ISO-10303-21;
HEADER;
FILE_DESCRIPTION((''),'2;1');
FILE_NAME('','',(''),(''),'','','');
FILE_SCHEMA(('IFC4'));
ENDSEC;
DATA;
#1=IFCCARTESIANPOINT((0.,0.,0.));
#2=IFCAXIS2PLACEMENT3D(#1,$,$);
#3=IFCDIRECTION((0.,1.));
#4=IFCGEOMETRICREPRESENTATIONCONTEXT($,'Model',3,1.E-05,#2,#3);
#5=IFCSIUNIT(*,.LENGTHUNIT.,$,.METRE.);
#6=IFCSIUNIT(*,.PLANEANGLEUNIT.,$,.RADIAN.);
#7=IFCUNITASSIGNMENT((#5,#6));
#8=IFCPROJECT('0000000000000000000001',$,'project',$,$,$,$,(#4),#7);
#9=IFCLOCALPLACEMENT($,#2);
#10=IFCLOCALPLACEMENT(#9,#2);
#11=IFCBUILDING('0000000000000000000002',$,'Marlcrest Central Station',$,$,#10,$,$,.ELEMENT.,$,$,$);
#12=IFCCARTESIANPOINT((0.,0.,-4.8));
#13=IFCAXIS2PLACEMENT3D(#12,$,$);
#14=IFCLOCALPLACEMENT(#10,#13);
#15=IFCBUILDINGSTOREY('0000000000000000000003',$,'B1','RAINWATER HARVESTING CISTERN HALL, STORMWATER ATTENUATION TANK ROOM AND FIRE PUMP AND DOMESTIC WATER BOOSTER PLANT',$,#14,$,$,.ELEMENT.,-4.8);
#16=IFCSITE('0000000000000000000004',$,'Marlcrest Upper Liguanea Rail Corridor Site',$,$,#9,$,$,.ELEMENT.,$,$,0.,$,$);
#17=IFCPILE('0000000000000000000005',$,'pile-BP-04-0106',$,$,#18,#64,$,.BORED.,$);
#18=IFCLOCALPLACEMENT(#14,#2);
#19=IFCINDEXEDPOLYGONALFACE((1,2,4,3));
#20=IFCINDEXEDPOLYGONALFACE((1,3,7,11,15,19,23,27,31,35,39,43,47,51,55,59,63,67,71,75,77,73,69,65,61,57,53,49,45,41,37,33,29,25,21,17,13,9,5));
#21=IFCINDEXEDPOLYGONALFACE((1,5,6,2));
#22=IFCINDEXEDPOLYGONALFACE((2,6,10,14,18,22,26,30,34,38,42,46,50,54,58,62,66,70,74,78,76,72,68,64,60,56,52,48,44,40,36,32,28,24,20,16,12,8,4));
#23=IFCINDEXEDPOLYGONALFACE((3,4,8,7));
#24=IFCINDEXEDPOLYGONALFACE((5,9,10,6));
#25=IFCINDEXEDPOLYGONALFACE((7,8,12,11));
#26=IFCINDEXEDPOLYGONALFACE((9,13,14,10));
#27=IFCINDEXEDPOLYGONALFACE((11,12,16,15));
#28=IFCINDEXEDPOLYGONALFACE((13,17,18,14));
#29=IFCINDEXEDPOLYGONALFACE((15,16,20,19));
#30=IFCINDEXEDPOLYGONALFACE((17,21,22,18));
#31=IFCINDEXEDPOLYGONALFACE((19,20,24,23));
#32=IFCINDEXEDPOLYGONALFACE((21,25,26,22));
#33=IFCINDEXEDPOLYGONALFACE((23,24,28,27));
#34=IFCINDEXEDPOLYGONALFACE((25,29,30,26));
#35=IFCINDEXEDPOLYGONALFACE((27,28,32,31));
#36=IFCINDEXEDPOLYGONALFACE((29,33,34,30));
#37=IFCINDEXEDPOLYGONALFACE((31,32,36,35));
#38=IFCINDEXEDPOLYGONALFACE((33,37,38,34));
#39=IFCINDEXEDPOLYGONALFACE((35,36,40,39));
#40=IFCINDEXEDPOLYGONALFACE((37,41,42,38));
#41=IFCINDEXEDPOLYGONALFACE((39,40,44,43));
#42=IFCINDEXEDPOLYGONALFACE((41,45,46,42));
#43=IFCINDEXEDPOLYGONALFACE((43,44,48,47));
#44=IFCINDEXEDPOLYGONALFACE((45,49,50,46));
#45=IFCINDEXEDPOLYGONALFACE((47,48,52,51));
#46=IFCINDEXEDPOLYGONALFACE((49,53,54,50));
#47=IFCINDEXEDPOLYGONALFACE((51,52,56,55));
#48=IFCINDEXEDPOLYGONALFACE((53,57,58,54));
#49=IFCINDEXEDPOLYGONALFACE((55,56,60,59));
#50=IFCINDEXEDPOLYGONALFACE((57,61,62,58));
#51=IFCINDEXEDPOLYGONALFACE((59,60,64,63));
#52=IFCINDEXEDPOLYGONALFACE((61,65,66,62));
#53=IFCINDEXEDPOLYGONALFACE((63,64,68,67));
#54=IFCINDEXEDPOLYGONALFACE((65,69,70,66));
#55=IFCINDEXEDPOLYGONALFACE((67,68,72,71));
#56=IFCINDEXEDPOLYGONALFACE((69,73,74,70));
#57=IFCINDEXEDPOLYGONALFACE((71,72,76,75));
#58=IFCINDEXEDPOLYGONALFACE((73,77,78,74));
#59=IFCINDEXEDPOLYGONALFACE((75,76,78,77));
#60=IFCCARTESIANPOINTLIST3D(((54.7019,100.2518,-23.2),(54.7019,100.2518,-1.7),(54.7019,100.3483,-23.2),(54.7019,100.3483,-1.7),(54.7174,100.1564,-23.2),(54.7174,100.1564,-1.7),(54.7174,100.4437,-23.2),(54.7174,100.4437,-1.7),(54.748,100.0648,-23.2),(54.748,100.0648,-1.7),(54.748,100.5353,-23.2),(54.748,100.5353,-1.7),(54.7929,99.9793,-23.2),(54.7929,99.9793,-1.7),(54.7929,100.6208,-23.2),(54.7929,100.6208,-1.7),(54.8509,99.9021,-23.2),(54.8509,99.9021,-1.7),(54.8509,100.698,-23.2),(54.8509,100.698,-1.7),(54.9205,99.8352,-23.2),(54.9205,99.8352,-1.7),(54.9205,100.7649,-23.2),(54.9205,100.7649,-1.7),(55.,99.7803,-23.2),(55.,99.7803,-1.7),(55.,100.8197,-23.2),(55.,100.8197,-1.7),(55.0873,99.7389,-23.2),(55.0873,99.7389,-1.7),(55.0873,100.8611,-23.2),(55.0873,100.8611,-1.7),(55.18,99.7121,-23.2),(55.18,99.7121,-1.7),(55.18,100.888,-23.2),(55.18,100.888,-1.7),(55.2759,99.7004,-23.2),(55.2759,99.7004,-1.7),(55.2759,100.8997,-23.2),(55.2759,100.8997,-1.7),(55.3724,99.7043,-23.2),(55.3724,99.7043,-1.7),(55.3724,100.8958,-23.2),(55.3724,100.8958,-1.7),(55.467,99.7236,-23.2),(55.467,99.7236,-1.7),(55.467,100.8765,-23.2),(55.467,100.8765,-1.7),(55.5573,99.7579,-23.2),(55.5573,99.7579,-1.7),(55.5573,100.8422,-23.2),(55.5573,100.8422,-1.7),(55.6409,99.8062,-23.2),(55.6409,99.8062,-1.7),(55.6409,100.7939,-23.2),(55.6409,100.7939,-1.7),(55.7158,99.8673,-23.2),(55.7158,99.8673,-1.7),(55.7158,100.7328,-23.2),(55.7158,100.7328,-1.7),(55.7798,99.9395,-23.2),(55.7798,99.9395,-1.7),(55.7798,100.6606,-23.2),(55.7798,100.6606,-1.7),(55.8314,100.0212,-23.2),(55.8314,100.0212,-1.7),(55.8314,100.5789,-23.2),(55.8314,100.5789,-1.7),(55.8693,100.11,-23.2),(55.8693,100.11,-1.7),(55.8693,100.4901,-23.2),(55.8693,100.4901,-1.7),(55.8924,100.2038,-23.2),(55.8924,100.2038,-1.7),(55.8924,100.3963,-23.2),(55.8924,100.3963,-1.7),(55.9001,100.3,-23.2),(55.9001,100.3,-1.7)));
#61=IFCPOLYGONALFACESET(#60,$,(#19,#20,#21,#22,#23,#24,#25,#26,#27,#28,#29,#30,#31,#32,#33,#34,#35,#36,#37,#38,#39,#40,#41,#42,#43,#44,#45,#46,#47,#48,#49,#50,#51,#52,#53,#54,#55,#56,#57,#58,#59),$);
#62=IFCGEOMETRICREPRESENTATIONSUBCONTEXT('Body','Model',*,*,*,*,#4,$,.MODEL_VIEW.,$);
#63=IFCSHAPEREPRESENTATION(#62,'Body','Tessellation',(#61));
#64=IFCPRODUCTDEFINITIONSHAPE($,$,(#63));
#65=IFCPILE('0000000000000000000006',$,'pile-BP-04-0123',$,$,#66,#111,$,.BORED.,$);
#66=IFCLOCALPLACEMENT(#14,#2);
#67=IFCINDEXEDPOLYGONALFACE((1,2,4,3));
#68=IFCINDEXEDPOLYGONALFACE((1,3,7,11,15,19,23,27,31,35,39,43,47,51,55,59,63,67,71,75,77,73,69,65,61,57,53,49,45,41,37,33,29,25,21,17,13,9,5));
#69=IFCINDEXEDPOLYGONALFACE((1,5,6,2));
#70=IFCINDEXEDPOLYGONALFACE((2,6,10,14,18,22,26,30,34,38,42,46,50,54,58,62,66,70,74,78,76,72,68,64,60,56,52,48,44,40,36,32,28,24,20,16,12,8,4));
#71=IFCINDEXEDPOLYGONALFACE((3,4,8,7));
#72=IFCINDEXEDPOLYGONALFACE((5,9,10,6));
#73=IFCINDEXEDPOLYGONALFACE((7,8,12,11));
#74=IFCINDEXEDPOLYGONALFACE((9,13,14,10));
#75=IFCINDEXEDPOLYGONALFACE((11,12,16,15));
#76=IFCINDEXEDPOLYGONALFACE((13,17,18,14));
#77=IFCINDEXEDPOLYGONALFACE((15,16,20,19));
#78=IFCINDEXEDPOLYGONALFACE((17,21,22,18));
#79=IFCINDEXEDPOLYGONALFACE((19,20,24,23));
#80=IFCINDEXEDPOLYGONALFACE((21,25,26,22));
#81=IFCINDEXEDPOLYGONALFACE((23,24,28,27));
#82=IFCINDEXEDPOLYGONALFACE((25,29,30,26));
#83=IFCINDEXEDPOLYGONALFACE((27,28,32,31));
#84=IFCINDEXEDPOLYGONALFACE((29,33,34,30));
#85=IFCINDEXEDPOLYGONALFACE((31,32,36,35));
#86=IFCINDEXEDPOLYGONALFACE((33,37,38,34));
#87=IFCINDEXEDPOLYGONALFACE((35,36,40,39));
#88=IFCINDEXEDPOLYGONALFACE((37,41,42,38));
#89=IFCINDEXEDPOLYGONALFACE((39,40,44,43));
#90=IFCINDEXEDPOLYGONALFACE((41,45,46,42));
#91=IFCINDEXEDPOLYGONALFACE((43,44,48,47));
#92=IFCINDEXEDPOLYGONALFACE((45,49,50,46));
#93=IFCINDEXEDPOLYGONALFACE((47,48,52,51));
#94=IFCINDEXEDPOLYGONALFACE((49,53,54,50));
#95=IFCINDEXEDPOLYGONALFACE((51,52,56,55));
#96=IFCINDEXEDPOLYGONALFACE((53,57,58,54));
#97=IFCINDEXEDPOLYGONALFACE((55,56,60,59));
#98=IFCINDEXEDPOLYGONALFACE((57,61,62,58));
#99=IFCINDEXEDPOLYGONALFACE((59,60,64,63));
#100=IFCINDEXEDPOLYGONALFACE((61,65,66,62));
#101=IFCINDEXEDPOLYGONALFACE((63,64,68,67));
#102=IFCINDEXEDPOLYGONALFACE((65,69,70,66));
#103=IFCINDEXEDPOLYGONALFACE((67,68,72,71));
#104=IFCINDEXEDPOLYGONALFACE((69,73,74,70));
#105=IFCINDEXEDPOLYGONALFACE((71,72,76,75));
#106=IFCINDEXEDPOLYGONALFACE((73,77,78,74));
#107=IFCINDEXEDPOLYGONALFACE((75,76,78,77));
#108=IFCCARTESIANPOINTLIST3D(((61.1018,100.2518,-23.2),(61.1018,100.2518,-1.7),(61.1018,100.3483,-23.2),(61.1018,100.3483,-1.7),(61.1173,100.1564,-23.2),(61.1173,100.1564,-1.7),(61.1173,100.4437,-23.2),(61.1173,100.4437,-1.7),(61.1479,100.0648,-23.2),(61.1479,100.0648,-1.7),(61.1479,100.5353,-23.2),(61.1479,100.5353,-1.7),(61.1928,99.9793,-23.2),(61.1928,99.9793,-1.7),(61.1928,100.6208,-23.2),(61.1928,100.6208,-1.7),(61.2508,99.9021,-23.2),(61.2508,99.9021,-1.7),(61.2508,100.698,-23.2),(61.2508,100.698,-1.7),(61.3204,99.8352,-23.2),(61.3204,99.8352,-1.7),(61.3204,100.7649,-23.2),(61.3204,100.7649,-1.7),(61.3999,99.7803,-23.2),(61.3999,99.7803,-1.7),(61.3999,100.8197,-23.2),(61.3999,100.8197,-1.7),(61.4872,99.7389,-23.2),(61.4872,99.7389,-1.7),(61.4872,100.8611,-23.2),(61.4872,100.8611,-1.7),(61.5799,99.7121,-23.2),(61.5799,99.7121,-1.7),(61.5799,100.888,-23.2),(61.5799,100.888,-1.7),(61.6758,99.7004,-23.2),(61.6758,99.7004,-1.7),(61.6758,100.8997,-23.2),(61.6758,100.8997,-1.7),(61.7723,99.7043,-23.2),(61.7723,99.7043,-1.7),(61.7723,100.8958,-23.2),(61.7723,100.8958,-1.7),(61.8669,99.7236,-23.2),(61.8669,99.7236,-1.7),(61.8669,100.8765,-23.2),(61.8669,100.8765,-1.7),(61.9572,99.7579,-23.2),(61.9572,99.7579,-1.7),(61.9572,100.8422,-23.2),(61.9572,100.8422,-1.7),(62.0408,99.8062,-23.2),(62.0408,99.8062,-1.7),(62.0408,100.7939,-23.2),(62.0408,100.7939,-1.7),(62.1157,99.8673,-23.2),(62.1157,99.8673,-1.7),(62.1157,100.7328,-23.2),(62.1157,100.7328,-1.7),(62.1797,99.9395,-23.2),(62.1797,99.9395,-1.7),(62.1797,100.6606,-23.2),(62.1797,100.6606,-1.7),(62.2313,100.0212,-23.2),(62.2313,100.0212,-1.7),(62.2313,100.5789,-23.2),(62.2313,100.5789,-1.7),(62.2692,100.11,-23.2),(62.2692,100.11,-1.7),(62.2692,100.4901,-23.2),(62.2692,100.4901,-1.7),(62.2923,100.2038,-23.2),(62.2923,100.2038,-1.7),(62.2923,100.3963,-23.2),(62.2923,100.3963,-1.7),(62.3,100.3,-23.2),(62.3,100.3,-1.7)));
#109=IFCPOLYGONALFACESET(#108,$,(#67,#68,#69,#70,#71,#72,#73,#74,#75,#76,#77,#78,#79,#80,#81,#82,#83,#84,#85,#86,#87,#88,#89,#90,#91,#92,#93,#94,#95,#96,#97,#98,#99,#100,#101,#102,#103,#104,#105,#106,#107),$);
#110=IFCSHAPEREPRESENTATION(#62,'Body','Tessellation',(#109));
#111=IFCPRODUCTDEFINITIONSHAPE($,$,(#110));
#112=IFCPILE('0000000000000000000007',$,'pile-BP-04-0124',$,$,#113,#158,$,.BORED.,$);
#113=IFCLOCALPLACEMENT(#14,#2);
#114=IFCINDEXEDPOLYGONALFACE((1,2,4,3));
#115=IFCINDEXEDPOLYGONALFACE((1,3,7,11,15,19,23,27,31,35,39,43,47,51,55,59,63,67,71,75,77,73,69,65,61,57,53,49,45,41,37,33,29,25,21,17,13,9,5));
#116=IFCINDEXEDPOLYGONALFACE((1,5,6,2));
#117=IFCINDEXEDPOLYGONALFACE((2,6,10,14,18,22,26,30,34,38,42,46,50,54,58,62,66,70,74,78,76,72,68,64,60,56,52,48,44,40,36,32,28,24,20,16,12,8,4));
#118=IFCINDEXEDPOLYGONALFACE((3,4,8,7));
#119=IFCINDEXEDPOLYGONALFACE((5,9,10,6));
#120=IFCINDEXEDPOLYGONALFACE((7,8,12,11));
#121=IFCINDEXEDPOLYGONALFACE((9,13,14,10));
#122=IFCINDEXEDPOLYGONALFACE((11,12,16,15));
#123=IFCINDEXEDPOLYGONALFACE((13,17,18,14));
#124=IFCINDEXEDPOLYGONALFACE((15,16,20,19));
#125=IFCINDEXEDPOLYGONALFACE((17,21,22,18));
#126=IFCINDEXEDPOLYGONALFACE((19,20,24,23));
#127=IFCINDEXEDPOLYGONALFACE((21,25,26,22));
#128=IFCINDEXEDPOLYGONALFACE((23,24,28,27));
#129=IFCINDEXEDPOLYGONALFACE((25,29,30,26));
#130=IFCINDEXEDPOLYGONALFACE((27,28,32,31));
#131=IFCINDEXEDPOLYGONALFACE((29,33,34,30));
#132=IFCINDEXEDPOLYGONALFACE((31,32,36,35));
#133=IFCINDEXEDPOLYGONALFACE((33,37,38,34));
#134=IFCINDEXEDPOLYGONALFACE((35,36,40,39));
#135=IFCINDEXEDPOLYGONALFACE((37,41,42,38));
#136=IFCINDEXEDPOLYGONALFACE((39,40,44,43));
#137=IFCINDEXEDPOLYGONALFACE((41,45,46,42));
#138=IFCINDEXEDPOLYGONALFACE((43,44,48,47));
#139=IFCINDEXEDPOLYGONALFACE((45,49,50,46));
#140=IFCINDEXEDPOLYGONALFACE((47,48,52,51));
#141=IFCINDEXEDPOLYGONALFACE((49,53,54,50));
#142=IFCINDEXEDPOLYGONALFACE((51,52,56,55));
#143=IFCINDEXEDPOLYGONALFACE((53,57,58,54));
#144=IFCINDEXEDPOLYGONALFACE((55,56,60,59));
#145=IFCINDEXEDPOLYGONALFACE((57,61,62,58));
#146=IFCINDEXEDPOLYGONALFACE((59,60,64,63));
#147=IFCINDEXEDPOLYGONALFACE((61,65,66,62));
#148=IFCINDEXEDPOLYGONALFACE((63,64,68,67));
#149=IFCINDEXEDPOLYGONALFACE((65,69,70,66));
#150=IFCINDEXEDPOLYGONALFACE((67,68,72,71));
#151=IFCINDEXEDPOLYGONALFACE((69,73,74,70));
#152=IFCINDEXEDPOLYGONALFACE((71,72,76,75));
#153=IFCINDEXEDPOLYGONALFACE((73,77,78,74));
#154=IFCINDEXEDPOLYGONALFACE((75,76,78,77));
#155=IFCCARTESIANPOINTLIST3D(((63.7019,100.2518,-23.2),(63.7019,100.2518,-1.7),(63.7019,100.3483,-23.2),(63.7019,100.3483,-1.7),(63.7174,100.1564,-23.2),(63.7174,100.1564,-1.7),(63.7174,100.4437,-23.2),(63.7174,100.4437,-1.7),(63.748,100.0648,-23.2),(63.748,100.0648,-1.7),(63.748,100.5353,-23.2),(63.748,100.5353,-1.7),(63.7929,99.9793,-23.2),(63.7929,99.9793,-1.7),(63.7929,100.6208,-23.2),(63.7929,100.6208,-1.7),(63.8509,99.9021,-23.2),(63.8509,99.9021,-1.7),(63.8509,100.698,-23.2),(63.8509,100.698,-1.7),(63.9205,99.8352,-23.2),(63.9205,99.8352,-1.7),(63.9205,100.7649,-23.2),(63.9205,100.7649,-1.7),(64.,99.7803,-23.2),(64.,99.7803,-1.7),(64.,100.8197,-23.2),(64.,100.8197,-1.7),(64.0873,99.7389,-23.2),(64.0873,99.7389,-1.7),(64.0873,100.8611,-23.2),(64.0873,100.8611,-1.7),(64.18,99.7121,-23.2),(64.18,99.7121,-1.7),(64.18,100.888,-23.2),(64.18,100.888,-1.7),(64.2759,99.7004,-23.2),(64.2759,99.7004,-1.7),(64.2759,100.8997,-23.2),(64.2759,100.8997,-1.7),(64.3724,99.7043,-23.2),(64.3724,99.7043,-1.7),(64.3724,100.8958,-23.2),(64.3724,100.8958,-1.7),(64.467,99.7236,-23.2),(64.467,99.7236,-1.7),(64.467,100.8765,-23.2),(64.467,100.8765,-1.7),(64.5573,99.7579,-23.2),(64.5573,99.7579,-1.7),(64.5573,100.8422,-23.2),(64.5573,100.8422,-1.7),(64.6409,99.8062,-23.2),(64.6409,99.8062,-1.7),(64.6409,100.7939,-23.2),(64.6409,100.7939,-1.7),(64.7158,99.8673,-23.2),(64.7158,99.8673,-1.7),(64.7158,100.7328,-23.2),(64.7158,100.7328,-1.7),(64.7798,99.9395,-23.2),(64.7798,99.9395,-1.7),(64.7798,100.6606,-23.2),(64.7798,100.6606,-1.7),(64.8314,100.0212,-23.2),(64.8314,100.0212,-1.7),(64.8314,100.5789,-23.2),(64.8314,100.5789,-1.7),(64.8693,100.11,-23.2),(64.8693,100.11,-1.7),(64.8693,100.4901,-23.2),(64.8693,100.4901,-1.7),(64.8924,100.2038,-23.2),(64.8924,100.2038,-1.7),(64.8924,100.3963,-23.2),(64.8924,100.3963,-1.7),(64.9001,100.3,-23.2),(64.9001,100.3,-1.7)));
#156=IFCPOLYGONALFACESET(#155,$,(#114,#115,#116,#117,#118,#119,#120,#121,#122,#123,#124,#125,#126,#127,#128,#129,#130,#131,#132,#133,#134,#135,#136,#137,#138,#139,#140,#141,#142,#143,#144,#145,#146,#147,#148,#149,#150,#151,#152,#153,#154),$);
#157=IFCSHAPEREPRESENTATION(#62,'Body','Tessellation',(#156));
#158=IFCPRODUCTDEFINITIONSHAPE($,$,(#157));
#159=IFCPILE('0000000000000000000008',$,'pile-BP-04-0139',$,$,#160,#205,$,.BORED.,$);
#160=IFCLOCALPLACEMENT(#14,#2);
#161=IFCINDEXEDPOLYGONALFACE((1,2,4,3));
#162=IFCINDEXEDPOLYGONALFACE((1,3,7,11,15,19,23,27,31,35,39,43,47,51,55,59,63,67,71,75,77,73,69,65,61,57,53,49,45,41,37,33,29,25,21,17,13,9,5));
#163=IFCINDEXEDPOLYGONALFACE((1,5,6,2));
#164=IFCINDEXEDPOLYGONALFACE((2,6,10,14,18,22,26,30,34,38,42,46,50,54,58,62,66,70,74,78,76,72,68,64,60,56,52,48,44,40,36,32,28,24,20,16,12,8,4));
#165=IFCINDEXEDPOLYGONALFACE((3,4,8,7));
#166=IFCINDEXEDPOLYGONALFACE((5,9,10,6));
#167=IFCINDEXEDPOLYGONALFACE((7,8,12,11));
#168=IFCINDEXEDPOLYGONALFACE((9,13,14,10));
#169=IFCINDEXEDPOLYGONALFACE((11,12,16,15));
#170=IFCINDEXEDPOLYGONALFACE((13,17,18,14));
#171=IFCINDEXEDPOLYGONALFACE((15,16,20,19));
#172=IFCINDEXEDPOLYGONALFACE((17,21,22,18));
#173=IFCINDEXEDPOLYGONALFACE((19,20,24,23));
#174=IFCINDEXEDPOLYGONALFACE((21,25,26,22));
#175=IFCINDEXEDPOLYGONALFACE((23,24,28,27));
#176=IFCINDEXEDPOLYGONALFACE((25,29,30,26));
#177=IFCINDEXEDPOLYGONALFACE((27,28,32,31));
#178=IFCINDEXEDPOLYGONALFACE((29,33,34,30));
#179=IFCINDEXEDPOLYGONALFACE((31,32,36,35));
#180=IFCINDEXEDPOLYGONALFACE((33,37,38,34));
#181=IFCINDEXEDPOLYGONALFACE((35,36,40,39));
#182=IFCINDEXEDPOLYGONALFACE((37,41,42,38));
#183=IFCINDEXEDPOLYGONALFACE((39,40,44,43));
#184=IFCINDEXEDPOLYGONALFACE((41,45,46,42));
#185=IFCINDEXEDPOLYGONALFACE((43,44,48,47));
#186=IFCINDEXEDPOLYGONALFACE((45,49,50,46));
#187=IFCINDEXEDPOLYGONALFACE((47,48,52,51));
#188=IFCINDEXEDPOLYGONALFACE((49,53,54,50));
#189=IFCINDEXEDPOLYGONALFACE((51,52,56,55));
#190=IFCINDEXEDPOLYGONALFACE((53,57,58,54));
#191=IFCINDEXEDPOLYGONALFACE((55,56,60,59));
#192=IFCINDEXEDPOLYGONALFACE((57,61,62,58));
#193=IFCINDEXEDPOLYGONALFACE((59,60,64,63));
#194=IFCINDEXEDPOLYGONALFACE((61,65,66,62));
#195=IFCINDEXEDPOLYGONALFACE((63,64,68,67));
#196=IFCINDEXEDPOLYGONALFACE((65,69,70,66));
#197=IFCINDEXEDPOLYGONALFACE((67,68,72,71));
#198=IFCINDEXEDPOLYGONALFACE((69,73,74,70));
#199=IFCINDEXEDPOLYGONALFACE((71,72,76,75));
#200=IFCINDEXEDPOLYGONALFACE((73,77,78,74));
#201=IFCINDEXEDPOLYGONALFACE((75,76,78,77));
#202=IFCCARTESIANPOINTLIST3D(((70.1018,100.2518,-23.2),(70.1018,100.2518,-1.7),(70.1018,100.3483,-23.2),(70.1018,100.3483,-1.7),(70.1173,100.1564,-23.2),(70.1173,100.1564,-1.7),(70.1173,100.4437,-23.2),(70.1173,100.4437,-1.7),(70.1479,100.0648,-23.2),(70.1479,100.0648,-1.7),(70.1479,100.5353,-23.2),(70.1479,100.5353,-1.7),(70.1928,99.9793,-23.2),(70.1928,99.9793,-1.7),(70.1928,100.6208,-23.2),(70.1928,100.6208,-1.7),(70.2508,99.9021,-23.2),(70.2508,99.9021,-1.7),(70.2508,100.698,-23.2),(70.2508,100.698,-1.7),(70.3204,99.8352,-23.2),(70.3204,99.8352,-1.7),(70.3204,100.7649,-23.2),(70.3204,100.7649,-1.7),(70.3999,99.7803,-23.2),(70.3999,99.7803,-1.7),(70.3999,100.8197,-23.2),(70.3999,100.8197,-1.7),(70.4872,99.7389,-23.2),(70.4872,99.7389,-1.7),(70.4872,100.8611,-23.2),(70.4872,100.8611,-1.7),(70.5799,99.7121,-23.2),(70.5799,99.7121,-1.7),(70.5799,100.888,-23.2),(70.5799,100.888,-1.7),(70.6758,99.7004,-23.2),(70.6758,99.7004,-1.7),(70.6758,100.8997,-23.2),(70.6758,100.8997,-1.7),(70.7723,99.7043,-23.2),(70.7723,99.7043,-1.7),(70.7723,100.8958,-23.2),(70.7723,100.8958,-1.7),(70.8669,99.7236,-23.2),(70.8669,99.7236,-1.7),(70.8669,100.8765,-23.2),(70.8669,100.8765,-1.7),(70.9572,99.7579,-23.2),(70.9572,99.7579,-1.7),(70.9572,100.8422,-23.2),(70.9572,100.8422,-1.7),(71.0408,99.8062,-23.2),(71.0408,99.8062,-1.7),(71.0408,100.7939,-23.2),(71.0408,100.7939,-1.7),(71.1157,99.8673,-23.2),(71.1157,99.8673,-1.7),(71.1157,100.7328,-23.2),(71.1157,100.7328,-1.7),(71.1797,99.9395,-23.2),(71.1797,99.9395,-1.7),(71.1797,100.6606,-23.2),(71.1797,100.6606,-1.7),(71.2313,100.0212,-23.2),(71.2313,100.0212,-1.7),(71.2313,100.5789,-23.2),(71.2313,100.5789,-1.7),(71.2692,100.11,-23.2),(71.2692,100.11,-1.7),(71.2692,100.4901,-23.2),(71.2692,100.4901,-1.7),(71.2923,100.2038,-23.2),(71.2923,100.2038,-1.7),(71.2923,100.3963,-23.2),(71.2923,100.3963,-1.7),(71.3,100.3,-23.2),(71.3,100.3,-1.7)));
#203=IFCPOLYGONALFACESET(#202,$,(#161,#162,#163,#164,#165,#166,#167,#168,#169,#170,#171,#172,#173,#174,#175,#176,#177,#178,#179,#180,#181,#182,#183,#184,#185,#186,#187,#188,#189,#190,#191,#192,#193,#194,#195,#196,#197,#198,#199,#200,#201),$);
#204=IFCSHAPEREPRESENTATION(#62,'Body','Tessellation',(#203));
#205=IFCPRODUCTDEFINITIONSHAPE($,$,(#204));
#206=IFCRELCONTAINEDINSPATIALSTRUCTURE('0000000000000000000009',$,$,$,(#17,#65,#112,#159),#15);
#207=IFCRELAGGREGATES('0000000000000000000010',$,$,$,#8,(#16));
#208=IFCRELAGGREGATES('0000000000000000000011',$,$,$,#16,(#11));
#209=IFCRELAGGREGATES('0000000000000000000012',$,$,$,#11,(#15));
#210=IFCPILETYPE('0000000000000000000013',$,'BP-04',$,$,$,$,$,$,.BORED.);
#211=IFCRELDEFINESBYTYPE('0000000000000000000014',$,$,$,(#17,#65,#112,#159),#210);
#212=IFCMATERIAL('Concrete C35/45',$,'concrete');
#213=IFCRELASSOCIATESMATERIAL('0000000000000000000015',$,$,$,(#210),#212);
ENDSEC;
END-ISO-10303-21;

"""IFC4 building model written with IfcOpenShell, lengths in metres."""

from ifc_helpers import new_model, si_unit, direction, frame, origin, origin_2d, place, context, subcontext, project, spatial, circle, extrude, material, material_profile, profile_set, type_object, element, save


model = new_model("IFC4")

# Units and contexts
model_context = context("Model", 3, precision=1e-05, world=origin(), true_north=direction((0.0, 1.0)))
body_context = subcontext(model_context, "Body", "Model", "MODEL_VIEW")
ifc_project = project(units=[si_unit("LENGTHUNIT", "METRE"), si_unit("PLANEANGLEUNIT", "RADIAN")], contexts=[model_context])

# Site, building, storey
site_placement = place(None, origin())
site = spatial("IfcSite", under=ifc_project, at=site_placement, Name="Marlcrest Upper Liguanea Rail Corridor Site", CompositionType="ELEMENT", RefElevation=0.0)
building_placement = place(site_placement, origin())
building = spatial("IfcBuilding", under=site, at=building_placement, Name="Marlcrest Central Station", CompositionType="ELEMENT")
storey_placement = place(building_placement, frame((0.0, 0.0, -4.8)))
storey = spatial("IfcBuildingStorey", under=building, at=storey_placement, Name="B1", Description="RAINWATER HARVESTING CISTERN HALL, STORMWATER ATTENUATION TANK ROOM AND FIRE PUMP AND DOMESTIC WATER BOOSTER PLANT", CompositionType="ELEMENT", Elevation=-4.8)

# Piles
ifc_material_1 = material(Name="Concrete C35/45", Category="concrete")
ifc_material_profile_1 = material_profile(ifc_material_1, circle(Radius=0.6001, at=origin_2d()), Name="PILE D1200")
ifc_profile_set_1 = profile_set([ifc_material_profile_1], Name="Concrete C35/45")
pile_type = type_object("IfcPileType", Name="BP-04", PredefinedType="BORED", material=ifc_profile_set_1)
for number, where, z_axis, x_axis, name in (
    (1, (55.3, 100.3, -1.7), (0.0, 0.0, -1.0), (1.0, 0.0, 0.0), "pile-BP-04-0106"),
    (2, (61.7, 100.3, -1.7), (0.0, 0.0, -1.0), (1.0, 0.0, 0.0), "pile-BP-04-0123"),
    (3, (64.3, 100.3, -1.7), (0.0, 0.0, -1.0), (1.0, 0.0, 0.0), "pile-BP-04-0124"),
    (4, (70.7, 100.3, -1.7), (0.0, 0.0, -1.0), (1.0, 0.0, 0.0), "pile-BP-04-0139"),
):
    element("IfcPile", number, at=place(storey_placement, frame(where, z_axis=z_axis, x_axis=x_axis)), inside=storey, type_object=pile_type, Name=name, PredefinedType="BORED", context=body_context, shape_type="SweptSolid", body=[
        extrude(circle(Radius=0.6001, at=origin_2d()), origin(), (0.0, 0.0, 1.0), 21.5),
    ])

save(model, "model.ifc")
